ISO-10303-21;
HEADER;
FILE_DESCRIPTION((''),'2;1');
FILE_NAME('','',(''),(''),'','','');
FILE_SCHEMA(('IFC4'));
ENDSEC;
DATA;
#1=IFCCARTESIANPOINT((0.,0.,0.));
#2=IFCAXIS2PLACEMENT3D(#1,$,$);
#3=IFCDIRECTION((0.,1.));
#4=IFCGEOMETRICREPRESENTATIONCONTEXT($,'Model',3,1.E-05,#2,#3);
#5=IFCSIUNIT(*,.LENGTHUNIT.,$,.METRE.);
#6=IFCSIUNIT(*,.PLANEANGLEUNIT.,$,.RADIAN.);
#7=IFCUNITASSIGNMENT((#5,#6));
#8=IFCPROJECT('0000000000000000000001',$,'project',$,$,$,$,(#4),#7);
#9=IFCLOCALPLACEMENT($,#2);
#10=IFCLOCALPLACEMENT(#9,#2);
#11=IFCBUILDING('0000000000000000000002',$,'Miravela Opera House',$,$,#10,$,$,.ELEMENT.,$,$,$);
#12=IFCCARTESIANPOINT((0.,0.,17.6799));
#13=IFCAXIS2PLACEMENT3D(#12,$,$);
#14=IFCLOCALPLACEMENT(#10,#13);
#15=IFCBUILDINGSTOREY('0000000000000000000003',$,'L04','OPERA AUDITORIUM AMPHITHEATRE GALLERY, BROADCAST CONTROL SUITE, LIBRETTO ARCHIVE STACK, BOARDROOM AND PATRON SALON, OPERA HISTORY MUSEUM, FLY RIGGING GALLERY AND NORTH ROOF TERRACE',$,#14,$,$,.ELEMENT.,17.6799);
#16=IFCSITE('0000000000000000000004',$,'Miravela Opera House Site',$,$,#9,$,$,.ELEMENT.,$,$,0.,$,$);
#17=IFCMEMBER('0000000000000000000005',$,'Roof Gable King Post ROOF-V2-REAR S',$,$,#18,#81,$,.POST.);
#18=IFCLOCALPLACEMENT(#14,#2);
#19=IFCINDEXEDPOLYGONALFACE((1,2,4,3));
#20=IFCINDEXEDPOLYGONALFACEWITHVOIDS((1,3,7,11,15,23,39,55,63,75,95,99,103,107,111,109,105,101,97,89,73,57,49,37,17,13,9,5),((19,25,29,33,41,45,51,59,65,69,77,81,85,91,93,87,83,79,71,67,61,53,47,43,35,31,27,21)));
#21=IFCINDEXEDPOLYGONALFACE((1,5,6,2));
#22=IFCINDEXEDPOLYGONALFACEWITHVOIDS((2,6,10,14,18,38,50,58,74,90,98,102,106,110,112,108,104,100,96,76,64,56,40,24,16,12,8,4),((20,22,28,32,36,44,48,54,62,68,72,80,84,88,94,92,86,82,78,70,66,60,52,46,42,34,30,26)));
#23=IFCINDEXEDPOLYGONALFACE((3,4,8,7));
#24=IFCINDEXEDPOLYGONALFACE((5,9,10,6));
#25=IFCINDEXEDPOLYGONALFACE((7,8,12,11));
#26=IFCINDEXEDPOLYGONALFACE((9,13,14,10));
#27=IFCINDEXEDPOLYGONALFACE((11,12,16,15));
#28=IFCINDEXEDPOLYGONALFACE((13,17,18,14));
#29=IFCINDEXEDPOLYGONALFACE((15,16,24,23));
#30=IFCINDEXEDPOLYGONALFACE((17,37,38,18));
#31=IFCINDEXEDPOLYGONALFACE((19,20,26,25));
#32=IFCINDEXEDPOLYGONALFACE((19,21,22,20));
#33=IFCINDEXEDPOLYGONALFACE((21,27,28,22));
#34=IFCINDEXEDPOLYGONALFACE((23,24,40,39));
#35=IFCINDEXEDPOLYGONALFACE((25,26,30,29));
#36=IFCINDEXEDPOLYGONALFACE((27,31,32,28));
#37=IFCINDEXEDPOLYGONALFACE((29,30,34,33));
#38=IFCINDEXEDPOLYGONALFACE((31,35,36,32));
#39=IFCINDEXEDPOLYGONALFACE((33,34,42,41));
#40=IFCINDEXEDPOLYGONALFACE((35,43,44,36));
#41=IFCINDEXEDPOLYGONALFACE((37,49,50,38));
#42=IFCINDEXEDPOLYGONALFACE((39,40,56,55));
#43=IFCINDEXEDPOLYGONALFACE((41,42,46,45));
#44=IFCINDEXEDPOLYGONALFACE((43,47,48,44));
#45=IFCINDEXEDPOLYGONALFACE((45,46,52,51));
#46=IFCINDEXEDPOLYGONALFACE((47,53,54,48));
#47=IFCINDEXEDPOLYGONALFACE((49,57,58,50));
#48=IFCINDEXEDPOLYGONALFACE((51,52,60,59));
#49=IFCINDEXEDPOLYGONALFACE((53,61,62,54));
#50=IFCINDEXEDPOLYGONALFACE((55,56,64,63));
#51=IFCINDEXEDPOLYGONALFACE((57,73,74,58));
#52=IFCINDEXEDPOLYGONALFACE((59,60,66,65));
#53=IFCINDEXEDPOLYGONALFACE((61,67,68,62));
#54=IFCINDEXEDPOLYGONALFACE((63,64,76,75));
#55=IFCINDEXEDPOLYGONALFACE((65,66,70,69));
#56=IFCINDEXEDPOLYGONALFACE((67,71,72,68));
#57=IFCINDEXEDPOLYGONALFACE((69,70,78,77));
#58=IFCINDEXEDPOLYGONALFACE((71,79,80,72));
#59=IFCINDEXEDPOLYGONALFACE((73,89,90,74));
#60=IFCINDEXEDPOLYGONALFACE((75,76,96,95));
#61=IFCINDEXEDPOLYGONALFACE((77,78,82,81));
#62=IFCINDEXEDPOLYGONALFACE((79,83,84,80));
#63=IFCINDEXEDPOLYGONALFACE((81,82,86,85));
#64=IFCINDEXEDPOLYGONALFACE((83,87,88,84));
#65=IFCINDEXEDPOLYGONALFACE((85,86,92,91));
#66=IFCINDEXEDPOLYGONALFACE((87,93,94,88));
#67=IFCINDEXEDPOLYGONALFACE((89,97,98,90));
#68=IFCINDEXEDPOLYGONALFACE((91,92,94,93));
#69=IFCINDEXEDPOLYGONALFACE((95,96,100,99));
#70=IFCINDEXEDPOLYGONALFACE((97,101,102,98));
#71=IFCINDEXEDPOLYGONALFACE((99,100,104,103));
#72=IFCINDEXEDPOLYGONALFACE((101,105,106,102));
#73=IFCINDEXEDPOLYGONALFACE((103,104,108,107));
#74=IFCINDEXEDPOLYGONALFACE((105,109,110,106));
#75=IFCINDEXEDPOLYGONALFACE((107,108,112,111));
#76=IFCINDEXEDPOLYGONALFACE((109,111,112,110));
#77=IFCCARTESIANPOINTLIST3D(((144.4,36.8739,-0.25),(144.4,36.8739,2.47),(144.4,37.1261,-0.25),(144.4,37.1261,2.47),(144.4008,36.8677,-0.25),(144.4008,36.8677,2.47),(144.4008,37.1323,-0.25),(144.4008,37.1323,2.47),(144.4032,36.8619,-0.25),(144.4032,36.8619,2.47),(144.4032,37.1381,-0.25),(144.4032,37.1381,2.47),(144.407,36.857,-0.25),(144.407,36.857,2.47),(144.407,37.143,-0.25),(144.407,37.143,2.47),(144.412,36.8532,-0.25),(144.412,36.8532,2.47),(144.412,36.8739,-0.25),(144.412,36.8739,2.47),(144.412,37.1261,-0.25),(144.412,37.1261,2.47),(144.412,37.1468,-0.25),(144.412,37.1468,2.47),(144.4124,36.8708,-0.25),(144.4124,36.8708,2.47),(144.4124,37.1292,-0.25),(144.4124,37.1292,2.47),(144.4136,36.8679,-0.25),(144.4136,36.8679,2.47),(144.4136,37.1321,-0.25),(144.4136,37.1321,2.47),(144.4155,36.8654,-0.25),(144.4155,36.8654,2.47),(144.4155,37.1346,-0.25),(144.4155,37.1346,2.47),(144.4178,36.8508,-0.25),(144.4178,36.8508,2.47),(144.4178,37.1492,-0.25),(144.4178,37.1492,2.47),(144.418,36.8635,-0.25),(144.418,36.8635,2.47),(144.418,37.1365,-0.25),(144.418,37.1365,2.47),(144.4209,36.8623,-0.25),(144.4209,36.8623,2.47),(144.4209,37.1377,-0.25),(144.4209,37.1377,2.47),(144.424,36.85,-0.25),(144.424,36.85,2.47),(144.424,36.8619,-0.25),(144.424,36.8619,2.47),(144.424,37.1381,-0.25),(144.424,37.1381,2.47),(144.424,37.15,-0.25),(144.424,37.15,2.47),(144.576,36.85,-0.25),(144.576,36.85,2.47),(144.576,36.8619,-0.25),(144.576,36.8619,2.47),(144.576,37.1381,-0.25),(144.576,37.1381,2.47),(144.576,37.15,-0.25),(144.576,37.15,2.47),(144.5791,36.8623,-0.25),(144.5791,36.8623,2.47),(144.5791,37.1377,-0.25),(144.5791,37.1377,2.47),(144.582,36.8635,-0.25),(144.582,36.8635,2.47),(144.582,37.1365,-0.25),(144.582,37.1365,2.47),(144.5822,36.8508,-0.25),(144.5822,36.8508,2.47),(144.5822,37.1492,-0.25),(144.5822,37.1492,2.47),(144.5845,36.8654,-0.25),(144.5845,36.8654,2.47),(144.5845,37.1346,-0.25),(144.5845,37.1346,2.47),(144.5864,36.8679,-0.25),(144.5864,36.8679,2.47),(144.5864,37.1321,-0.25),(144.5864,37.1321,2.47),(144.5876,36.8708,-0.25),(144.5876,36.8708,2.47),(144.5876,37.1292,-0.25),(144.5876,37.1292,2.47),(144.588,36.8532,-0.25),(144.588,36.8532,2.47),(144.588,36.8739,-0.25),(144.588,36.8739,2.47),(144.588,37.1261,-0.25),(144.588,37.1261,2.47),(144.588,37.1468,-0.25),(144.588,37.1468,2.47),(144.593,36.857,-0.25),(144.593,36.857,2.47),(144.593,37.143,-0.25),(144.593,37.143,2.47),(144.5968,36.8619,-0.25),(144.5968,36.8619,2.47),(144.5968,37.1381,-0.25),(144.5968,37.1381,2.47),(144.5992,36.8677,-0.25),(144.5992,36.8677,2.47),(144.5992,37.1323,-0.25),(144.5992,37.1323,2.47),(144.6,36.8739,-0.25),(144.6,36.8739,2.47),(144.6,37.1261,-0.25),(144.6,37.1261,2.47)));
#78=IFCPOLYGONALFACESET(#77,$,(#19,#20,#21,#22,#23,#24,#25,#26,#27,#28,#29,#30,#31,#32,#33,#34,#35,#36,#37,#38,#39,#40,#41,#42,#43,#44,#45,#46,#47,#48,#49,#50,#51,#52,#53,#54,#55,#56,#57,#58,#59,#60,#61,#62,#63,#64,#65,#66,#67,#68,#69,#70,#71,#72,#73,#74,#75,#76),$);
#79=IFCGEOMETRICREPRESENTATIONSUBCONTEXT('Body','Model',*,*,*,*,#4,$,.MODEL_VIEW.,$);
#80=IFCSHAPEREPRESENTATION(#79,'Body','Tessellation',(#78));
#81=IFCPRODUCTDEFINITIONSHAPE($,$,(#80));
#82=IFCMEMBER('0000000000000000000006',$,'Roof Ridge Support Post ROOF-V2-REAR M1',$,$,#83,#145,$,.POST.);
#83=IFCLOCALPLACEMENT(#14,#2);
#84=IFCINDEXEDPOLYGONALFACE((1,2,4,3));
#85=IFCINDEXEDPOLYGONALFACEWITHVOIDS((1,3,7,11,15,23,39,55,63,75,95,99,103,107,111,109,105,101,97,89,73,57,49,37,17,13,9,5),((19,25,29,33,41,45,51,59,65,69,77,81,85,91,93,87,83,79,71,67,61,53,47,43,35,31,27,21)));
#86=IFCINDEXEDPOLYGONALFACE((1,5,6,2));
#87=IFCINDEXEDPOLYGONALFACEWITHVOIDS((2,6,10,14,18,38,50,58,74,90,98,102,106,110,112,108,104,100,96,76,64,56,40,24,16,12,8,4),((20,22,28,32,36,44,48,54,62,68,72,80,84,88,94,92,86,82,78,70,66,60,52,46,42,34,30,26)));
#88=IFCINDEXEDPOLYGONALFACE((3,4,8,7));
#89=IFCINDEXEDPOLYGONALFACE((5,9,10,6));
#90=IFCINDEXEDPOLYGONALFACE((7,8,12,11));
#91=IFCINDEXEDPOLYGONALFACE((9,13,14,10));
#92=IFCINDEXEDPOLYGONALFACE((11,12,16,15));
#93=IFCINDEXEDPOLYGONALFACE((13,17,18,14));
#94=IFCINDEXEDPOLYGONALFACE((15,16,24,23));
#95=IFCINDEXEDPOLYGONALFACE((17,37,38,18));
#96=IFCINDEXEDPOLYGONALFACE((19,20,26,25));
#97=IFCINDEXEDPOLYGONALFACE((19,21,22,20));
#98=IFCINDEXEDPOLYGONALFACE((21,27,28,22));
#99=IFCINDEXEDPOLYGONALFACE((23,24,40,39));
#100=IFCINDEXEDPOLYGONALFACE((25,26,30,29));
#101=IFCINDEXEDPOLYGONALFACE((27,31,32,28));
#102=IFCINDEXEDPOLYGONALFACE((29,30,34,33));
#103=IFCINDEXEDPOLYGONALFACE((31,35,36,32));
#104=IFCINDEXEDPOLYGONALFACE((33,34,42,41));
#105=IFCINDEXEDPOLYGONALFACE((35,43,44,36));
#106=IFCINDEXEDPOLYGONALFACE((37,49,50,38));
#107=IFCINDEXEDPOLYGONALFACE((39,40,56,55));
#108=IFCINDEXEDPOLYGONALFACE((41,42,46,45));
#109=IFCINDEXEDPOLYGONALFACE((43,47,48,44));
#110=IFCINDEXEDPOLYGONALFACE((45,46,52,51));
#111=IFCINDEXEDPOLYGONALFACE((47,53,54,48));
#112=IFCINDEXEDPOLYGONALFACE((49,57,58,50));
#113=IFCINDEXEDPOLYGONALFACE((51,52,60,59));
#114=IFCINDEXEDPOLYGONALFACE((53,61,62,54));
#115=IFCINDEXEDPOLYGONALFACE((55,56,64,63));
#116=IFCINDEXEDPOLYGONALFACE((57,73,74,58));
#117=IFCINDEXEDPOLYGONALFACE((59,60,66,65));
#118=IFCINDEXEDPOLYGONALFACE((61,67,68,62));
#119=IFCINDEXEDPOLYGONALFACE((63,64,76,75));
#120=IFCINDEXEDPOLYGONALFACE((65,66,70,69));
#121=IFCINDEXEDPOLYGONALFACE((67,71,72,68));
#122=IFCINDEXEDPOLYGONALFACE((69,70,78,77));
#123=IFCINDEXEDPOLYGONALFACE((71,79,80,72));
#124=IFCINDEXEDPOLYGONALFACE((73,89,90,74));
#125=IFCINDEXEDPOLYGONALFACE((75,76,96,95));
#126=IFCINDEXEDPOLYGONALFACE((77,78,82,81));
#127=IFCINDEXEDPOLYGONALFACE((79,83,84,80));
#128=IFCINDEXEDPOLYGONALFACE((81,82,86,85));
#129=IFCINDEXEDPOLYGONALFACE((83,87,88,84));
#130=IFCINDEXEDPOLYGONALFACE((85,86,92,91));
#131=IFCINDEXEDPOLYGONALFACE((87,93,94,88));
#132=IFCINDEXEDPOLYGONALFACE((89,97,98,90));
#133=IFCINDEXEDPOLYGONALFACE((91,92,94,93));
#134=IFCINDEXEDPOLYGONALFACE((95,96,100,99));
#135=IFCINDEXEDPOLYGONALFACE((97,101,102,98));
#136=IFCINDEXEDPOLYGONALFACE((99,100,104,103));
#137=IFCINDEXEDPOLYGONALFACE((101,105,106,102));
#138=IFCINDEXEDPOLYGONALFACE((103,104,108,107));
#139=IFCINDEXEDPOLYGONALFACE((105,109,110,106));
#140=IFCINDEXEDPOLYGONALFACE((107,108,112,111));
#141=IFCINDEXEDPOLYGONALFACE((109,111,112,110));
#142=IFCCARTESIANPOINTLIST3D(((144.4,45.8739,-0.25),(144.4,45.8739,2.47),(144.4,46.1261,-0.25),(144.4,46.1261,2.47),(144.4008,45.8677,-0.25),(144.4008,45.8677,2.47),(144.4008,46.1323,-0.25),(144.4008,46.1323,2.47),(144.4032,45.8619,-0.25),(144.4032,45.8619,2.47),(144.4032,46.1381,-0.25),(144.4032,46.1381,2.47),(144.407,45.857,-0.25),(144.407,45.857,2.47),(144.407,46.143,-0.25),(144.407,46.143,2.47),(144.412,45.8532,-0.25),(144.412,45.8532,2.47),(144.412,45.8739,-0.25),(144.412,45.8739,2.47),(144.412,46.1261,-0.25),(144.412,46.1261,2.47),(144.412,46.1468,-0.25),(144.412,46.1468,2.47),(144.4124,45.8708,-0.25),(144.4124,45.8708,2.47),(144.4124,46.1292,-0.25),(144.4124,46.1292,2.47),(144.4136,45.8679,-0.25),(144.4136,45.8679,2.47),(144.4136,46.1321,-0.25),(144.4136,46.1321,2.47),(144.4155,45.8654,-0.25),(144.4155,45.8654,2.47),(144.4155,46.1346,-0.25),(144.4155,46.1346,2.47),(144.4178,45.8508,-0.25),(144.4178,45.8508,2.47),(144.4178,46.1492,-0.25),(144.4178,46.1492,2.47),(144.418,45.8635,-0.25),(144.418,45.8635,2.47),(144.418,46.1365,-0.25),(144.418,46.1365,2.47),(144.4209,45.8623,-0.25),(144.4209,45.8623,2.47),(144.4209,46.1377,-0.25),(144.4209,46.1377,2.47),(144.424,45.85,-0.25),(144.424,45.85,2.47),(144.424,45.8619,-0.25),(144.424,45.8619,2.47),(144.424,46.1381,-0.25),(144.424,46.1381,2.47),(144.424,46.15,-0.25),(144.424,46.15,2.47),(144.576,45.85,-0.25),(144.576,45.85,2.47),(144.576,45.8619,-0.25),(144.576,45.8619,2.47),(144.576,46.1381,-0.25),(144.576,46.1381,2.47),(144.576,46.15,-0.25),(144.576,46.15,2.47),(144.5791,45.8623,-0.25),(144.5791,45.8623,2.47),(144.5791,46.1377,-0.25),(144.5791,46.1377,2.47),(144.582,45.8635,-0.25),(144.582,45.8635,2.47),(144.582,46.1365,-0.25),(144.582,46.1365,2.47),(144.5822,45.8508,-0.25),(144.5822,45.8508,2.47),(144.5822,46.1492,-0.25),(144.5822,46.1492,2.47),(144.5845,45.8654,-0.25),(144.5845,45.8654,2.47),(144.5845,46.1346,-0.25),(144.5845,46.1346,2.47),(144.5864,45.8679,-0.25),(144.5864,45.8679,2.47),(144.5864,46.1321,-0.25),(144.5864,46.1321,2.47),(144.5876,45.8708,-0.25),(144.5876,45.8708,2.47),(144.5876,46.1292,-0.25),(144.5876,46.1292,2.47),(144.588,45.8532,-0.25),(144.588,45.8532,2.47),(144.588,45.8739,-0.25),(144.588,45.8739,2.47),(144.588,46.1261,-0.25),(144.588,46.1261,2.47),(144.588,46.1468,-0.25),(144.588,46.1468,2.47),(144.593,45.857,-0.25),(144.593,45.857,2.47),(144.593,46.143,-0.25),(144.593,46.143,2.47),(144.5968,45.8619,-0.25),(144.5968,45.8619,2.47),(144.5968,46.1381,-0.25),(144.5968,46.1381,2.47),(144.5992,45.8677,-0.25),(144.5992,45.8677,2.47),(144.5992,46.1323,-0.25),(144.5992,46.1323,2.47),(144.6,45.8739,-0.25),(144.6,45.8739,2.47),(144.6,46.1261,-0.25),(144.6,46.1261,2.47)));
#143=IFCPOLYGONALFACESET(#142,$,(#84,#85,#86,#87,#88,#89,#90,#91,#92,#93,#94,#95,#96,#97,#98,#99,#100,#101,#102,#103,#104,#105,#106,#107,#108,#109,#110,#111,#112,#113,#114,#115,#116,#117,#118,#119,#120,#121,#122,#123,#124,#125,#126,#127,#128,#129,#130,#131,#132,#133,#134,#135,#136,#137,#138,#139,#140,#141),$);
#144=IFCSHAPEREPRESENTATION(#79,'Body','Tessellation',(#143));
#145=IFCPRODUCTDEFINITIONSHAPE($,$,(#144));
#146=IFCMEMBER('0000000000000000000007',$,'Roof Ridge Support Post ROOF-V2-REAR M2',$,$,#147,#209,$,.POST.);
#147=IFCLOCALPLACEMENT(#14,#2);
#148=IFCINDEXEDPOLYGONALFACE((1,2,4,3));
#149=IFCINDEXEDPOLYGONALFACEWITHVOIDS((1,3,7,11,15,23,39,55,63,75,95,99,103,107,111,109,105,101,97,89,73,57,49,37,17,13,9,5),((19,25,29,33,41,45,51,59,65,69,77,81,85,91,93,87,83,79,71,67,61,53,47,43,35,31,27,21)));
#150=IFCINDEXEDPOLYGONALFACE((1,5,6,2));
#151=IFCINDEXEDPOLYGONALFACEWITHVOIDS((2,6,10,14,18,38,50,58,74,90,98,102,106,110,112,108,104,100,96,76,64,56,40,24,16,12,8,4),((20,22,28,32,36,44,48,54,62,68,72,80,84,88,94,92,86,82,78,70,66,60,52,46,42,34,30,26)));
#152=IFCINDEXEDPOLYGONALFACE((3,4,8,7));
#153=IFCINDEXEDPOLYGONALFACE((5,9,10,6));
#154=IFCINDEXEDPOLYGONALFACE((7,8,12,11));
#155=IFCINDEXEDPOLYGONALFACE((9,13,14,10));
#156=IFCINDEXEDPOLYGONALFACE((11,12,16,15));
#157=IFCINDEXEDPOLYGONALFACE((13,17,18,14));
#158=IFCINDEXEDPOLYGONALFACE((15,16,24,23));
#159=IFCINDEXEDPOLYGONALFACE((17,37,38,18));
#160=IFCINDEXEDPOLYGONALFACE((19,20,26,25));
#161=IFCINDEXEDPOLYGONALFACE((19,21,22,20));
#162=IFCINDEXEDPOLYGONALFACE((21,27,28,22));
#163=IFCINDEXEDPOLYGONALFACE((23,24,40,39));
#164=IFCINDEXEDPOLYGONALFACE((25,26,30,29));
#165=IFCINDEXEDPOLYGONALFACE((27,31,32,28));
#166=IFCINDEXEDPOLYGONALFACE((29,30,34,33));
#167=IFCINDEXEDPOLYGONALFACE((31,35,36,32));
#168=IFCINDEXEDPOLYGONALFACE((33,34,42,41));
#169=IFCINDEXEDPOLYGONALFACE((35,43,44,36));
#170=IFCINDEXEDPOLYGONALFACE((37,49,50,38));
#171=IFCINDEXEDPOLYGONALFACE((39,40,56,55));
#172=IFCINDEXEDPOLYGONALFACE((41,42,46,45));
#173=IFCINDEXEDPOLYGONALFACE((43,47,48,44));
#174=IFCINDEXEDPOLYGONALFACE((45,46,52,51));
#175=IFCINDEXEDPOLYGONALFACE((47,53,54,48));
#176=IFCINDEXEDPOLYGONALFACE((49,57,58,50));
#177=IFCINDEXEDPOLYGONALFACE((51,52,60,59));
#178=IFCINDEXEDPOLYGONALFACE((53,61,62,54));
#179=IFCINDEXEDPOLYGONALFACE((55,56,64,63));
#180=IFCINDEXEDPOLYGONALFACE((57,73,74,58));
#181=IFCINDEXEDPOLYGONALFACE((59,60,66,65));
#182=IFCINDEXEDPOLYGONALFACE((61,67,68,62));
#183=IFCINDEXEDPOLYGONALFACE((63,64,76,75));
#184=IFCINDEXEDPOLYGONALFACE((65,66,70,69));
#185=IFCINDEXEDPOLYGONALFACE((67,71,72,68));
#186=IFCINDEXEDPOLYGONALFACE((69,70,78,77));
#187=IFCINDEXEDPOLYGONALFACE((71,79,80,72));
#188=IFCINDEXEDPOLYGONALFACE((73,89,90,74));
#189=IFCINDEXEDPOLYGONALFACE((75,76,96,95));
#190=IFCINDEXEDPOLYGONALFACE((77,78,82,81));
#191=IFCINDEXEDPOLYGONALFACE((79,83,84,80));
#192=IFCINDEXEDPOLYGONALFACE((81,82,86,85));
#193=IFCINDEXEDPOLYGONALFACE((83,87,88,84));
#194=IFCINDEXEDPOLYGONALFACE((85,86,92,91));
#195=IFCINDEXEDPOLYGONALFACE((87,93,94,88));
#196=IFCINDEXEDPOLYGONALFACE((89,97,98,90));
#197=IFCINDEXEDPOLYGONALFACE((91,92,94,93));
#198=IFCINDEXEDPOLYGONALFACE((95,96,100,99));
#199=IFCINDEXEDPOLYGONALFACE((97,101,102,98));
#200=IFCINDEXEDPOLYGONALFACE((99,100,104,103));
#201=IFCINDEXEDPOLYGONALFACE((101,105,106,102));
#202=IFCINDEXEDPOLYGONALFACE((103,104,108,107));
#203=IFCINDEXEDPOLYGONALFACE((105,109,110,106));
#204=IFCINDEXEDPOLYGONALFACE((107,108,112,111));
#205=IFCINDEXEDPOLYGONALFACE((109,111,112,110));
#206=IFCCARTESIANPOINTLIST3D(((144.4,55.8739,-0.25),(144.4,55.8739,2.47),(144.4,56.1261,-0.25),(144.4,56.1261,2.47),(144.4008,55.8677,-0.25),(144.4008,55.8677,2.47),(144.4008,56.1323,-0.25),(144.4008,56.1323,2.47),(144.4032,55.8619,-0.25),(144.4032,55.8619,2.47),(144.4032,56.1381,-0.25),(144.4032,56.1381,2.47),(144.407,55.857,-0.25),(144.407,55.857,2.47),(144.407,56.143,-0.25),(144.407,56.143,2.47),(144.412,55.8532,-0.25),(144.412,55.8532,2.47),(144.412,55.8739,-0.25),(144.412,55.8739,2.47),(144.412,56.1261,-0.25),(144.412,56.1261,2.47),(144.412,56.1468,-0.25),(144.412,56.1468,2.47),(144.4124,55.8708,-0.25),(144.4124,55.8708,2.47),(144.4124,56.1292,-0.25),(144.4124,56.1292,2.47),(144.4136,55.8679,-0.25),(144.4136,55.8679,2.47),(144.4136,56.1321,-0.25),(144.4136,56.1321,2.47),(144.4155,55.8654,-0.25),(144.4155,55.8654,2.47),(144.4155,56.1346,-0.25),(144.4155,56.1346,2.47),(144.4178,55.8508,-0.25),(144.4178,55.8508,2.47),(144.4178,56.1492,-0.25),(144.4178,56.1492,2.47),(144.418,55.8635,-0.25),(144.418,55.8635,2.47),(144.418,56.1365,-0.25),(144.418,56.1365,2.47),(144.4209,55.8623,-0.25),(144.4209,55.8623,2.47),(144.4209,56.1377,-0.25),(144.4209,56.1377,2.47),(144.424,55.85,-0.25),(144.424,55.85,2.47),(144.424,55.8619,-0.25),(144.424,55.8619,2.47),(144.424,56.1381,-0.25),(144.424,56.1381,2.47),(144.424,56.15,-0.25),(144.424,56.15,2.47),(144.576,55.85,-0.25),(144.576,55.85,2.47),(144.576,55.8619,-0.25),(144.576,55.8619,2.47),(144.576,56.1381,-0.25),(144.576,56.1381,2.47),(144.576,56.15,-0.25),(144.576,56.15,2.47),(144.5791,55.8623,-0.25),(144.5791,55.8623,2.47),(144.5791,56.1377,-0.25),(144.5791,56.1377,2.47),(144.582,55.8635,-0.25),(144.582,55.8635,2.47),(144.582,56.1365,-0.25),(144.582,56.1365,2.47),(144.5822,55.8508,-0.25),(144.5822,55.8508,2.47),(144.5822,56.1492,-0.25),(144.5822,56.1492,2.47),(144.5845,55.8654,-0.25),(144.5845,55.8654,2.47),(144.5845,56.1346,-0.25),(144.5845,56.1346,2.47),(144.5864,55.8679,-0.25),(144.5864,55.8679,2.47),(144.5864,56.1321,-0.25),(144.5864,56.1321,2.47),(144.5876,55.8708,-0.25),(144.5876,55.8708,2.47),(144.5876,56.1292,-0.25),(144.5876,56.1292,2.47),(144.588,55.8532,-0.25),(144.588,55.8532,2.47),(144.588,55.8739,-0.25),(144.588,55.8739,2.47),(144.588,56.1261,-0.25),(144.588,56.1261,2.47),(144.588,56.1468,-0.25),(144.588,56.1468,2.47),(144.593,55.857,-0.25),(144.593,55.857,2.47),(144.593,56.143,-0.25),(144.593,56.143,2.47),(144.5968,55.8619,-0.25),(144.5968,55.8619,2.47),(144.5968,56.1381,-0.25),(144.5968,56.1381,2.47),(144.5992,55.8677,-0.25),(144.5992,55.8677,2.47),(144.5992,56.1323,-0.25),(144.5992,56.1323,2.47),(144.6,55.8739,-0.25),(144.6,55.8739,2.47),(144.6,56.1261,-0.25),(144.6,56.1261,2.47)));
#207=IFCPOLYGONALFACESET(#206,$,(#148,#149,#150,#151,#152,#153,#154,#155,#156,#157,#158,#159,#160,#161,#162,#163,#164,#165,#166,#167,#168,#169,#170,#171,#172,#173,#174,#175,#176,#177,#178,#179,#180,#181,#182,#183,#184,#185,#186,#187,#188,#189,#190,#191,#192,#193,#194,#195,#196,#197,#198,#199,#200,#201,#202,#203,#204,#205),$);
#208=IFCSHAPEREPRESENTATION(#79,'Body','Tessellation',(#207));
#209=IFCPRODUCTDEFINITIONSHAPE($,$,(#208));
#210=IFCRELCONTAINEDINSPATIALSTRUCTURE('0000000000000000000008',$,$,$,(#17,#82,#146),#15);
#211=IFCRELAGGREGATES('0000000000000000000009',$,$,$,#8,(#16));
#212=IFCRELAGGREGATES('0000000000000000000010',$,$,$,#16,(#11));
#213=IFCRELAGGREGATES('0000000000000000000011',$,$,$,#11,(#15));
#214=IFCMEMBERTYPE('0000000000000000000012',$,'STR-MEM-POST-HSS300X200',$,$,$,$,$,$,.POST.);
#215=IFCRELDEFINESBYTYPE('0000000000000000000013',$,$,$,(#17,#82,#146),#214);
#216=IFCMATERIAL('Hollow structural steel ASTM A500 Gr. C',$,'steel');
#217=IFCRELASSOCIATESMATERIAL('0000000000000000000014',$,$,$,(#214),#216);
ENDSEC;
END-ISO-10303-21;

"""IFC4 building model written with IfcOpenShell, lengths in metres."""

from ifc_helpers import new_model, si_unit, direction, frame, origin, origin_2d, place, context, subcontext, project, spatial, hollow_rectangle, extrude, material, material_profile, profile_set, type_object, element, save


model = new_model("IFC4")

# Units and contexts
model_context = context("Model", 3, precision=1e-05, world=origin(), true_north=direction((0.0, 1.0)))
body_context = subcontext(model_context, "Body", "Model", "MODEL_VIEW")
ifc_project = project(units=[si_unit("LENGTHUNIT", "METRE"), si_unit("PLANEANGLEUNIT", "RADIAN")], contexts=[model_context])

# Site, building, storey
site_placement = place(None, origin())
site = spatial("IfcSite", under=ifc_project, at=site_placement, Name="Miravela Opera House Site", CompositionType="ELEMENT", RefElevation=0.0)
building_placement = place(site_placement, origin())
building = spatial("IfcBuilding", under=site, at=building_placement, Name="Miravela Opera House", CompositionType="ELEMENT")
storey_placement = place(building_placement, frame((0.0, 0.0, 17.6799)))
storey = spatial("IfcBuildingStorey", under=building, at=storey_placement, Name="L04", Description="OPERA AUDITORIUM AMPHITHEATRE GALLERY, BROADCAST CONTROL SUITE, LIBRETTO ARCHIVE STACK, BOARDROOM AND PATRON SALON, OPERA HISTORY MUSEUM, FLY RIGGING GALLERY AND NORTH ROOF TERRACE", CompositionType="ELEMENT", Elevation=17.6799)

# Members
ifc_material_1 = material(Name="Hollow structural steel ASTM A500 Gr. C", Category="steel")
ifc_material_profile_1 = material_profile(ifc_material_1, hollow_rectangle(XDim=0.2, YDim=0.3, WallThickness=0.012, InnerFilletRadius=0.012, OuterFilletRadius=0.0239, at=origin_2d()), Name="HSS300X200X12")
ifc_profile_set_1 = profile_set([ifc_material_profile_1])
member_type_1 = type_object("IfcMemberType", Name="STR-MEM-POST-HSS300X200", PredefinedType="POST", material=ifc_profile_set_1)
for number, where, z_axis, x_axis, name in (
    (1, (144.5, 37.0, -0.25), (0.0, 0.0, 1.0), (1.0, 0.0, 0.0), "Roof Gable King Post ROOF-V2-REAR S"),
    (2, (144.5, 46.0, -0.25), (0.0, 0.0, 1.0), (1.0, 0.0, 0.0), "Roof Ridge Support Post ROOF-V2-REAR M1"),
    (3, (144.5, 56.0, -0.25), (0.0, 0.0, 1.0), (1.0, 0.0, 0.0), "Roof Ridge Support Post ROOF-V2-REAR M2"),
):
    element("IfcMember", number, at=place(storey_placement, frame(where, z_axis=z_axis, x_axis=x_axis)), inside=storey, type_object=member_type_1, Name=name, PredefinedType="POST", context=body_context, shape_type="SweptSolid", body=[
        extrude(hollow_rectangle(XDim=0.2, YDim=0.3, WallThickness=0.012, InnerFilletRadius=0.012, OuterFilletRadius=0.0239, at=origin_2d()), origin(), (0.0, 0.0, 1.0), 2.72),
    ])

save(model, "model.ifc")
